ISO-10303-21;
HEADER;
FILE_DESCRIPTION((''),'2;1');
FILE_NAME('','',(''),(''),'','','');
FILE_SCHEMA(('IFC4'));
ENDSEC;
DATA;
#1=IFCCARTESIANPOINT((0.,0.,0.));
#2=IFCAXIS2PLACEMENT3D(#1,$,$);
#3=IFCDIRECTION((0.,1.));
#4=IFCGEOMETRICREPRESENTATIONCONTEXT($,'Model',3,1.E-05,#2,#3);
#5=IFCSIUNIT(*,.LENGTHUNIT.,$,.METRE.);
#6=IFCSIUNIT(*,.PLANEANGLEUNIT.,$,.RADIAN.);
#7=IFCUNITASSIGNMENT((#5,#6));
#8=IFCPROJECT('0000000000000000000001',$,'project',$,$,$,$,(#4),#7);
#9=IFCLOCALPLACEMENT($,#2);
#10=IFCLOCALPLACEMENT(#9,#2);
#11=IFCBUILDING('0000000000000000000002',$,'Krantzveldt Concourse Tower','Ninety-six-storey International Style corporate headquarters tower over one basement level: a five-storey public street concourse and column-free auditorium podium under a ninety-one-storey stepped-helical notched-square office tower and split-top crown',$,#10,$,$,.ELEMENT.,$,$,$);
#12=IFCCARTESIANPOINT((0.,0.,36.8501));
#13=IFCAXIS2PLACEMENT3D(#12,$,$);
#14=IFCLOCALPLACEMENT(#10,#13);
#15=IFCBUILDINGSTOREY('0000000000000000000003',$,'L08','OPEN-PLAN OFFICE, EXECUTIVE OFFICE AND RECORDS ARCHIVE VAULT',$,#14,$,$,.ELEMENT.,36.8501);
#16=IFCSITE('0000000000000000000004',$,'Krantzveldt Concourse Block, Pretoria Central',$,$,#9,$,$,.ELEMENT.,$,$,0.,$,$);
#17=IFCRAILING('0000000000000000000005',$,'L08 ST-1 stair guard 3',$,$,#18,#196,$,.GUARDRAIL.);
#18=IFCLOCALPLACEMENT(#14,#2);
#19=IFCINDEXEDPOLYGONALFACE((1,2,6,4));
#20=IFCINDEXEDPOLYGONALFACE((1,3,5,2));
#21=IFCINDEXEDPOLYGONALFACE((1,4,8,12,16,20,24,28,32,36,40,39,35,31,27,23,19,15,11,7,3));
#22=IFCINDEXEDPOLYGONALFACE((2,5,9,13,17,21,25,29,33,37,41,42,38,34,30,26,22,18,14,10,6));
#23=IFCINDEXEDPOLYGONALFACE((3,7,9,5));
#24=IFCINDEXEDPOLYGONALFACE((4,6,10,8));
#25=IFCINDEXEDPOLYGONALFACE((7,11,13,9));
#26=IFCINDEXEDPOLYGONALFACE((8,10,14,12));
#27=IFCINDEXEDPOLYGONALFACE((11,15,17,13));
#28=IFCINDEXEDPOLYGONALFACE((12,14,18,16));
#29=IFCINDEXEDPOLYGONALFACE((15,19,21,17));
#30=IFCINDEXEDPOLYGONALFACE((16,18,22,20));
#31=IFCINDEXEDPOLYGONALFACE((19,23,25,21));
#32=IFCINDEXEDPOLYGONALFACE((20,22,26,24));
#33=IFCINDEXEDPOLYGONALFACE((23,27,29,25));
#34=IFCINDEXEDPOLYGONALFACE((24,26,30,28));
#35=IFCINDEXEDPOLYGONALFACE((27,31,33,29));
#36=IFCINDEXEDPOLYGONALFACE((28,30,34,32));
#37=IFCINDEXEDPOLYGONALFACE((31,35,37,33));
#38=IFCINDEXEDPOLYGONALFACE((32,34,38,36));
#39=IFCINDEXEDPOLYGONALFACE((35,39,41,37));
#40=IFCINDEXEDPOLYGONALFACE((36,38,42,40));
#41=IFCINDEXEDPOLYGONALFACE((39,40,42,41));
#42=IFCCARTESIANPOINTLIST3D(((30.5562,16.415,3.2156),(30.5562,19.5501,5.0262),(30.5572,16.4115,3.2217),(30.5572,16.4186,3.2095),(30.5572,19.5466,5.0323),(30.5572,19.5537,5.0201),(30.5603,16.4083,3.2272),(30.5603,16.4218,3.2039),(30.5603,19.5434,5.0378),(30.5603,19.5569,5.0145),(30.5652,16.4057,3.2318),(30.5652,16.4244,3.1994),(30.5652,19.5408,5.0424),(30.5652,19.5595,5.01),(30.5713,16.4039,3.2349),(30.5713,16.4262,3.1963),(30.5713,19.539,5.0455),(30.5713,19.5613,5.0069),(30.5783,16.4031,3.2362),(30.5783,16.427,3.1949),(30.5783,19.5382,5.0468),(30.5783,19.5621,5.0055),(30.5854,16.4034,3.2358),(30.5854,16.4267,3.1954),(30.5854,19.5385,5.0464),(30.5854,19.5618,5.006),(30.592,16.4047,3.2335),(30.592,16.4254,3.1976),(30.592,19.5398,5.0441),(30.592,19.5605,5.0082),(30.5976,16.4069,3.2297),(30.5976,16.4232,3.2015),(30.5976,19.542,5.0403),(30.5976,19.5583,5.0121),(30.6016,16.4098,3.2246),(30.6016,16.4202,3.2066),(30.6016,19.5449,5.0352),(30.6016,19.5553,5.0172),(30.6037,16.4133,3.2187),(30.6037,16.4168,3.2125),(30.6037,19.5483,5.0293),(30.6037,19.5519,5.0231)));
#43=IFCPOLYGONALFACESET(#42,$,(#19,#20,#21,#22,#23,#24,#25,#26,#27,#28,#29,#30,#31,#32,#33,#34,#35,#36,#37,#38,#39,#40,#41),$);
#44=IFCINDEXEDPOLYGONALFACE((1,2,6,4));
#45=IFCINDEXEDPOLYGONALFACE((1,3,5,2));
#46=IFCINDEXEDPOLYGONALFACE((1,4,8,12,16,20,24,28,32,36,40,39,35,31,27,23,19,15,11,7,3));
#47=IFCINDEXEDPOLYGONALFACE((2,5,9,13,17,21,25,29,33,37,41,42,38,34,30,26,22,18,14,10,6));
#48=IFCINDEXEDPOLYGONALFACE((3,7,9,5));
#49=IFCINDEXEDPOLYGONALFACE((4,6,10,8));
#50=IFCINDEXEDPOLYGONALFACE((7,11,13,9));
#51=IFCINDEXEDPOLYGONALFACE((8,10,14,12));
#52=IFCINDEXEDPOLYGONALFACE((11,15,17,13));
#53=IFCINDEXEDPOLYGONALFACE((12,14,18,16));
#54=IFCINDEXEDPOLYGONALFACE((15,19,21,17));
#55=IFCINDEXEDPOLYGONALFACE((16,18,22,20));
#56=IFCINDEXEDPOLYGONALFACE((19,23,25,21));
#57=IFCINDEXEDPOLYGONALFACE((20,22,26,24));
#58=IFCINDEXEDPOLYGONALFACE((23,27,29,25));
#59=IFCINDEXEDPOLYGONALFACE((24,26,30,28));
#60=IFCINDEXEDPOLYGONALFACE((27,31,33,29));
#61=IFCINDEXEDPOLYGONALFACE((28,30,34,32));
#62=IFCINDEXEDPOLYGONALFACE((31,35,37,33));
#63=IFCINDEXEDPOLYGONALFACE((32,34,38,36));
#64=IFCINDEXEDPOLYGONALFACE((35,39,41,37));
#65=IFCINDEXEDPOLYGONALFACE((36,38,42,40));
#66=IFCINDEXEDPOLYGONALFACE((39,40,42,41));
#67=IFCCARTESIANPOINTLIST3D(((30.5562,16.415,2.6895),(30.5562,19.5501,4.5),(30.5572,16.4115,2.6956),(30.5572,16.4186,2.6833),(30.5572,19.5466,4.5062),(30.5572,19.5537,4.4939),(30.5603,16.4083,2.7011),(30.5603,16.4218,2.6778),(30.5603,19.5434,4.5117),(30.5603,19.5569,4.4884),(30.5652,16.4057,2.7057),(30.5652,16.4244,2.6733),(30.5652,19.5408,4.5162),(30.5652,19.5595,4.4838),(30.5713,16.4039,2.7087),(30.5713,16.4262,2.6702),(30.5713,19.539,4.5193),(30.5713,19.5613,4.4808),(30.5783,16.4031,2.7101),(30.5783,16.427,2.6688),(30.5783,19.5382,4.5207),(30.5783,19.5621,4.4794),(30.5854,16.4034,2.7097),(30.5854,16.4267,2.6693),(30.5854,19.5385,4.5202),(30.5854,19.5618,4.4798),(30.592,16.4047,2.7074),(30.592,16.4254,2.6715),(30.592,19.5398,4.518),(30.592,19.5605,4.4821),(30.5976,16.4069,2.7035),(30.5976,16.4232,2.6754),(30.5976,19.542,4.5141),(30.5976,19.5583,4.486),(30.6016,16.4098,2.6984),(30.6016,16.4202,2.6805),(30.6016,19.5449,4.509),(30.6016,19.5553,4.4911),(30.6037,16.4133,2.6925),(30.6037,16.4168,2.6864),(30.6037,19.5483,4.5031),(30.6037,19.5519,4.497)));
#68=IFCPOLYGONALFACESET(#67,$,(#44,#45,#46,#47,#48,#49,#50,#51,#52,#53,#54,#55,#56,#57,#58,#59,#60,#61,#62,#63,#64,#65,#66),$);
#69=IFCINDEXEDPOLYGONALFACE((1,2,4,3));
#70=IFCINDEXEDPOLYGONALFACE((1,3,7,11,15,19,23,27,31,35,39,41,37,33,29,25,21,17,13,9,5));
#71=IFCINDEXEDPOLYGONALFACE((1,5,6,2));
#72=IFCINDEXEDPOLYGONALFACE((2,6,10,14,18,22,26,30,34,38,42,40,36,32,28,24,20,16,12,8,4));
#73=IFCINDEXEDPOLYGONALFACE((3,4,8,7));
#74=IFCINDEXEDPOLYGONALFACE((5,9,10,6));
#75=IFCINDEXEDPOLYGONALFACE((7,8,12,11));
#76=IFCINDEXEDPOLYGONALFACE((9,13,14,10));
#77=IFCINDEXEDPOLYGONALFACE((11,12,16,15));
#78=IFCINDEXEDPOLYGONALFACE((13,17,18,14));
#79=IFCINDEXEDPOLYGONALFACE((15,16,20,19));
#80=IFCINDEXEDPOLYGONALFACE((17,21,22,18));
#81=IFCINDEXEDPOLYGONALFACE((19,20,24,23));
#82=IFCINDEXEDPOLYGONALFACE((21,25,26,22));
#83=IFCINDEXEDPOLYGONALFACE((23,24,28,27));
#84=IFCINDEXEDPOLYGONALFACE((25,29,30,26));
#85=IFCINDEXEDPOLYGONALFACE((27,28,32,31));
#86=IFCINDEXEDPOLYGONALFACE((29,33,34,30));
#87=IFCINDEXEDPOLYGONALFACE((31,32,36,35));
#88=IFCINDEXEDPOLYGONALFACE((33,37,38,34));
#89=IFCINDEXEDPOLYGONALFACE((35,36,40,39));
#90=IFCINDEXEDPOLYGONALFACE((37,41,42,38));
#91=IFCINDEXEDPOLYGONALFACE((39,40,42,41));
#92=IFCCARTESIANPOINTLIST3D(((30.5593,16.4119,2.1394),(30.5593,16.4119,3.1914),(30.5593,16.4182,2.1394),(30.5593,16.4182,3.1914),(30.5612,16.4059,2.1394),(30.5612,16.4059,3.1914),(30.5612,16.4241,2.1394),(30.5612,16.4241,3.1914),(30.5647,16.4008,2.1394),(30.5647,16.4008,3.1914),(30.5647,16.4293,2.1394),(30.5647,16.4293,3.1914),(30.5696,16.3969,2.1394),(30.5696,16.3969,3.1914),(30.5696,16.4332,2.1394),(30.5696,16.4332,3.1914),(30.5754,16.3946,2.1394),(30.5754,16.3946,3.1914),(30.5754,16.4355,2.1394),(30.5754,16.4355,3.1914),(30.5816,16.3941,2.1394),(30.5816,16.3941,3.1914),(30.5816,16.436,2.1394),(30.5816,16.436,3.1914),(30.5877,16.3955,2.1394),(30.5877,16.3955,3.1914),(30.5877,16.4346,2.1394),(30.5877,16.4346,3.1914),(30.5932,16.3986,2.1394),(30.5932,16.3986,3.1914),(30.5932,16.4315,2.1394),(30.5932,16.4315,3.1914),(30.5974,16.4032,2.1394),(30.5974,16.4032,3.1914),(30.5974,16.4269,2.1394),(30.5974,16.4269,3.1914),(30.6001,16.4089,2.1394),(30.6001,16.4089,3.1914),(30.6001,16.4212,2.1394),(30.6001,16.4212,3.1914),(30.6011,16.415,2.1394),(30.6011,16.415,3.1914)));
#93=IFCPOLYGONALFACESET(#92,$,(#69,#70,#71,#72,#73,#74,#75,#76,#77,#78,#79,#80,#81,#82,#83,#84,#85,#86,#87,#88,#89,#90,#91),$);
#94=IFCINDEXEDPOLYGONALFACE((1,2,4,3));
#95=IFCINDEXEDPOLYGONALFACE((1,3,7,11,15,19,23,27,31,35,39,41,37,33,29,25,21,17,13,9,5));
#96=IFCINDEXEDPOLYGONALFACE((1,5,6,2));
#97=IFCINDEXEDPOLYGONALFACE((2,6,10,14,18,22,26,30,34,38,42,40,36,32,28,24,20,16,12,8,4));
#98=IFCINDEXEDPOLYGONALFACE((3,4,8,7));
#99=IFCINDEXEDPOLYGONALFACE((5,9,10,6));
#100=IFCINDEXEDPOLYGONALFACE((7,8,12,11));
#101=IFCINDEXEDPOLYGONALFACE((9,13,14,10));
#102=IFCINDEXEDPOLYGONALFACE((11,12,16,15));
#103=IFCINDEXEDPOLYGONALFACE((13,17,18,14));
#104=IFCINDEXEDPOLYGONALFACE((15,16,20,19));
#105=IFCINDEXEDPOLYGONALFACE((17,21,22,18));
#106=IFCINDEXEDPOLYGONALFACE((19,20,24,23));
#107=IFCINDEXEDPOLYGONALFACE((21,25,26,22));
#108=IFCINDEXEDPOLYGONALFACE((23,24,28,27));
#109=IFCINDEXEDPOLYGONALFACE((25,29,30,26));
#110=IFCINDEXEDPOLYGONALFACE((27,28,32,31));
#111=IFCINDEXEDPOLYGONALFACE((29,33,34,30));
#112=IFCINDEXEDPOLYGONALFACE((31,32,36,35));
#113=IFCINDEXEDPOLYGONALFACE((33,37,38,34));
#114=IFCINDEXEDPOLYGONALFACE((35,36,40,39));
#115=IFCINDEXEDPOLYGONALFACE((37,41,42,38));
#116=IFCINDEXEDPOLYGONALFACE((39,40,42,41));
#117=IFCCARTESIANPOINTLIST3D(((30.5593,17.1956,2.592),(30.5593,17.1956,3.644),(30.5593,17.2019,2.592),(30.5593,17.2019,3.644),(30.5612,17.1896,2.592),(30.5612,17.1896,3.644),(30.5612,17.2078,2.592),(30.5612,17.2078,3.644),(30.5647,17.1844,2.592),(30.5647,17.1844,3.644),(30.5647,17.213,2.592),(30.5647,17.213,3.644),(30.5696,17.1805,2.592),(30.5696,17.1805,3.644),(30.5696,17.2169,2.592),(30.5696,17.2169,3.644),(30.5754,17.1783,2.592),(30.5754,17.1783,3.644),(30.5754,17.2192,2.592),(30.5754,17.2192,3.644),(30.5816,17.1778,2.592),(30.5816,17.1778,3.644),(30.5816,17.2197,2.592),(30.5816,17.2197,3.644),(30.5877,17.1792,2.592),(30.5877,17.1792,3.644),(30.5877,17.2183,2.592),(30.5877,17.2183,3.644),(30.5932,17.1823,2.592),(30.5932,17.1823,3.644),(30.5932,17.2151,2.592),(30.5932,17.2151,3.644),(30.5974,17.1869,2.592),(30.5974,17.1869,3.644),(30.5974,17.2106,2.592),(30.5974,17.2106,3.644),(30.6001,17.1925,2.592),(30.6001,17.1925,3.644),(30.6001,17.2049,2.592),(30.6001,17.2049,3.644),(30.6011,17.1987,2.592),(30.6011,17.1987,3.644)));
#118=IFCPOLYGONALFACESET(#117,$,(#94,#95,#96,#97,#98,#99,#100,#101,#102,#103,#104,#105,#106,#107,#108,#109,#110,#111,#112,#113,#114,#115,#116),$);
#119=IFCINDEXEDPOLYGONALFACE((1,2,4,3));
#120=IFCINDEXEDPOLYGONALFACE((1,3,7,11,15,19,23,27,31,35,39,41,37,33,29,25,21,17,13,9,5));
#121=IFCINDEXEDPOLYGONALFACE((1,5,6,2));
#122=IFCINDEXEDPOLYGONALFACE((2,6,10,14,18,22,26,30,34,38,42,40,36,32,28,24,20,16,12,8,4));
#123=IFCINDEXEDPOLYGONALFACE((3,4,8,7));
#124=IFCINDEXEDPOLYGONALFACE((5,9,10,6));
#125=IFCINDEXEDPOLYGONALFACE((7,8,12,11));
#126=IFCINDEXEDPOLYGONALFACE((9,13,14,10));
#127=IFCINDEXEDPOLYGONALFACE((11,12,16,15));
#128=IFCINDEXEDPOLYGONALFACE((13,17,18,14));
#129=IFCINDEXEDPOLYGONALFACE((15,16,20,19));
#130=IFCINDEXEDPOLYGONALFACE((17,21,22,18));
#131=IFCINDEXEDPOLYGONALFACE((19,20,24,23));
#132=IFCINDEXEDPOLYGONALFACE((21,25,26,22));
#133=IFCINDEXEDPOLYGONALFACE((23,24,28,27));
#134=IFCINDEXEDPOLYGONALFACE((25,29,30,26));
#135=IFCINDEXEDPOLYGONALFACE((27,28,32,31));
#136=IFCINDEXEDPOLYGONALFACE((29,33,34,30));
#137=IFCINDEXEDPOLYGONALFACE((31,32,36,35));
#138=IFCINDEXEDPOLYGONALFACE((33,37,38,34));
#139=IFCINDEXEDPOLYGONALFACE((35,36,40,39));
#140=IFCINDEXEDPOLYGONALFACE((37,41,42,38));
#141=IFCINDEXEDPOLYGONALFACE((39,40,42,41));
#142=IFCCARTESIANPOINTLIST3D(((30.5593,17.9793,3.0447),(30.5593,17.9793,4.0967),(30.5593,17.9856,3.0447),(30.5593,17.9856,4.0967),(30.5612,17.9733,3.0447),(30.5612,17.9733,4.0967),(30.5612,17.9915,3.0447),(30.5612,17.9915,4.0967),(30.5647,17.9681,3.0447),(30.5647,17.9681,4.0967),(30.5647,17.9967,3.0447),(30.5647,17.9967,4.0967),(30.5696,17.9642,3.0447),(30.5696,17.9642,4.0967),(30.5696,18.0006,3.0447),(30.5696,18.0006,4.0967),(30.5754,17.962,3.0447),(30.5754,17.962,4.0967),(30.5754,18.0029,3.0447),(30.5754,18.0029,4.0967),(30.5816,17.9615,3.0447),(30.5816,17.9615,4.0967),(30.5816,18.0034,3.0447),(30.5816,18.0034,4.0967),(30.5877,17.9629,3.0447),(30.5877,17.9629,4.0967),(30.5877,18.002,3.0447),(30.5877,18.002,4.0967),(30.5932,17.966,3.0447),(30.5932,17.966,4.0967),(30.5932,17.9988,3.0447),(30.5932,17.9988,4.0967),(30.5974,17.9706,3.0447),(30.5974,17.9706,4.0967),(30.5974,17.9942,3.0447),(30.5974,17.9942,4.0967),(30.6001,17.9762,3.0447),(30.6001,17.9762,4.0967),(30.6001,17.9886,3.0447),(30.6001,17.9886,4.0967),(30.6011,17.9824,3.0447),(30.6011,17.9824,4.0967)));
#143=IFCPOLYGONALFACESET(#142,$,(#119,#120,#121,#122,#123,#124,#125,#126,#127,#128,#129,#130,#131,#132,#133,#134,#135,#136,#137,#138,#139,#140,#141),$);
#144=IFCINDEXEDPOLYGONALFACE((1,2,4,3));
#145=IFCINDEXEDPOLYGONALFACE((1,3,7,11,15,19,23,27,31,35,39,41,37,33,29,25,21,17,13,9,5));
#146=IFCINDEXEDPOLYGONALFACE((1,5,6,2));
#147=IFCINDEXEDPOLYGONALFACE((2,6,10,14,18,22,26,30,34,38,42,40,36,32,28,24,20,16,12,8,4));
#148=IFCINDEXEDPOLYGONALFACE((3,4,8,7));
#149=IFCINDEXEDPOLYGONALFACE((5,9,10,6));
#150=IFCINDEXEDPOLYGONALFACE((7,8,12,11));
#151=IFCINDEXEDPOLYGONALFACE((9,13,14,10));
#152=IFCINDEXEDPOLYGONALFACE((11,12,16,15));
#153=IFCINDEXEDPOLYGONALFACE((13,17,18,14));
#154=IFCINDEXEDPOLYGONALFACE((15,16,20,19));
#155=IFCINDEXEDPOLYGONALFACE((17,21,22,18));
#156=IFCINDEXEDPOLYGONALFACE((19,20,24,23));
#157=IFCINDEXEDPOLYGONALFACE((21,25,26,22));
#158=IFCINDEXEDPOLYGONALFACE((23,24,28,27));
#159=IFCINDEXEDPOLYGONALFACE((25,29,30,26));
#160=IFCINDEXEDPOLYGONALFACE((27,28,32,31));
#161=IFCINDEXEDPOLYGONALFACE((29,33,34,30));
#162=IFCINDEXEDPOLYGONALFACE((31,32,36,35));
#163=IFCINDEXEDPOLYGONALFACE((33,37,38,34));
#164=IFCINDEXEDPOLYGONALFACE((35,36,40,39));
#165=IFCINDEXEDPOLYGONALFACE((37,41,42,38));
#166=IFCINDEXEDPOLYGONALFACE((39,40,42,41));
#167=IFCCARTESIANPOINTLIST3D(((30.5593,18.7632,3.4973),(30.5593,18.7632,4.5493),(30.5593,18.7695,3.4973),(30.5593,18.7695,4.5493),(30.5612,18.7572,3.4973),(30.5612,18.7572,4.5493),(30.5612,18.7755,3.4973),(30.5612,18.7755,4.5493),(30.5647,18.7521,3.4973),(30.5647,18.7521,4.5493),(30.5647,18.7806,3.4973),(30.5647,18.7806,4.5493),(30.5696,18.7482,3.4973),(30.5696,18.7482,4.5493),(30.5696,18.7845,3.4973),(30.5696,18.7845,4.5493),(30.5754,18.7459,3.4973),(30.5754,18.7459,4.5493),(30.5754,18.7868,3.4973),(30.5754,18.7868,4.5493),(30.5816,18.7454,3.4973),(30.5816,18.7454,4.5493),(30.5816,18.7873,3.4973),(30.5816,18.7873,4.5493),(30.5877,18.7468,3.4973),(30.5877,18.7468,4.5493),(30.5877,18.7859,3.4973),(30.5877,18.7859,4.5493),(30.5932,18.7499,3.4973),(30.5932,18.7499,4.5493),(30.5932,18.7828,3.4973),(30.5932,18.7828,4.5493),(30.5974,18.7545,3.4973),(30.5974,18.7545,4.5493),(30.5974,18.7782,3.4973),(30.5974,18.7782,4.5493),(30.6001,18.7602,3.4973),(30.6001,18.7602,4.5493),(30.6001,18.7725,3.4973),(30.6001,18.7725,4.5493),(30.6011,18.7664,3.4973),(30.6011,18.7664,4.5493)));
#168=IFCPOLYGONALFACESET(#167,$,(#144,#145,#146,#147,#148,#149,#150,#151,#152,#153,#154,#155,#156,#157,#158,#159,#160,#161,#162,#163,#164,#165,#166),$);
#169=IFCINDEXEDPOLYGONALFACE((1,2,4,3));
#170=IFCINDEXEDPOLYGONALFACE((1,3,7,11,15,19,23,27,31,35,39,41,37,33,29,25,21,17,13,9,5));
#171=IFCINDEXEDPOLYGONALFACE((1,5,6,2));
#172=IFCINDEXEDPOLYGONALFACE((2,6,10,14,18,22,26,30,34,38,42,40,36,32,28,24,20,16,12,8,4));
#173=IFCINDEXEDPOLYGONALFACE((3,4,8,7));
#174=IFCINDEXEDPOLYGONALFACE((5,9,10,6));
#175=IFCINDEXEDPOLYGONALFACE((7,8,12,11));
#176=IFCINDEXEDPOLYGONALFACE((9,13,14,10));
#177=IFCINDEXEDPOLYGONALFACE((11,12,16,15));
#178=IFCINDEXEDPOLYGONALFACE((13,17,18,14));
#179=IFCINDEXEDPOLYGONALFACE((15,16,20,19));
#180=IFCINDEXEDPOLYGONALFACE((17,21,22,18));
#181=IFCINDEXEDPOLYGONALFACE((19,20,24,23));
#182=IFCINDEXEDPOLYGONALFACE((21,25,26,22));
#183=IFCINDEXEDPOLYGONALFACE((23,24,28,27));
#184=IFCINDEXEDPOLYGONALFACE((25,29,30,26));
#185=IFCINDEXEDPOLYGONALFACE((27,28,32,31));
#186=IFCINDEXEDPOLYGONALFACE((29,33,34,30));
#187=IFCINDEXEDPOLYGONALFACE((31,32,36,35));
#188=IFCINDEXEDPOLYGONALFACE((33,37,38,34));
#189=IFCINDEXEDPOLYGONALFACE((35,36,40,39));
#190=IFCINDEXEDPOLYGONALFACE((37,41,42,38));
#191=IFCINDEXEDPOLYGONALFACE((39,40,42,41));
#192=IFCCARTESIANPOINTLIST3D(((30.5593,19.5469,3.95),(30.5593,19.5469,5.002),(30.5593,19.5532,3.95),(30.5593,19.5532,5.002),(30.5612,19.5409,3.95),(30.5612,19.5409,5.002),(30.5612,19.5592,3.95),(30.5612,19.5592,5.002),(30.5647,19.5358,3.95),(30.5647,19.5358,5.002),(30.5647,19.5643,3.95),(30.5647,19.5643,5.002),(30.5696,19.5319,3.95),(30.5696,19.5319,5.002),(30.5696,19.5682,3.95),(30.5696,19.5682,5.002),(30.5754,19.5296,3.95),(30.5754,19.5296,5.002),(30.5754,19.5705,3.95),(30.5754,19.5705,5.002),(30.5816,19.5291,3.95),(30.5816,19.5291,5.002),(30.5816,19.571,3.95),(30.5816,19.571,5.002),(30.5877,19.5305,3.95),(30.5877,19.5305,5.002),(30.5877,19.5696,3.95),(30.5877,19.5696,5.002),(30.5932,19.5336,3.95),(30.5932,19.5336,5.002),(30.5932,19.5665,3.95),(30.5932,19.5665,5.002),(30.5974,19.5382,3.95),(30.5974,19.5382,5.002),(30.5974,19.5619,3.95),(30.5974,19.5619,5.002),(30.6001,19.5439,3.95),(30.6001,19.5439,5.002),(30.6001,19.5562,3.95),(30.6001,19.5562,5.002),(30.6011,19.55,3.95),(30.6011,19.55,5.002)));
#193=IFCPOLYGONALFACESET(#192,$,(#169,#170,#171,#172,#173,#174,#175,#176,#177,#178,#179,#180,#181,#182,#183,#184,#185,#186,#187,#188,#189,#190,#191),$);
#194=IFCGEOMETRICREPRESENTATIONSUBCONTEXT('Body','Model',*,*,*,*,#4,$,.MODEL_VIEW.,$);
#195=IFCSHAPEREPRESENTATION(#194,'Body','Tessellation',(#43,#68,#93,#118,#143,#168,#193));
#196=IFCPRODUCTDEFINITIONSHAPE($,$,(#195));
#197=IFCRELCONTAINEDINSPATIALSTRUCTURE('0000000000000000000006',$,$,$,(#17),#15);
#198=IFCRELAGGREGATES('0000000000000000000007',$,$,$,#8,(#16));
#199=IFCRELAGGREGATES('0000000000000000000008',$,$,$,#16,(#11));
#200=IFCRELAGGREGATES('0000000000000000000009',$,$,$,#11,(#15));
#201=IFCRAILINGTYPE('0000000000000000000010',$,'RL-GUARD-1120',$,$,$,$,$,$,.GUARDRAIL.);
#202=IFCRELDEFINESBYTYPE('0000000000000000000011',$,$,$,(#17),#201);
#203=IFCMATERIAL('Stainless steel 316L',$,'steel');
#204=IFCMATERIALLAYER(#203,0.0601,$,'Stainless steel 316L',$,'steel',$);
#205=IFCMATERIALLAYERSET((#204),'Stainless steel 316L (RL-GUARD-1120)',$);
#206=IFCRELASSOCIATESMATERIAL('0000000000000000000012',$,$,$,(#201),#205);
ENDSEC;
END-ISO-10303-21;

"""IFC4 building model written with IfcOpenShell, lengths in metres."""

from ifc_helpers import new_model, si_unit, direction, frame, origin, origin_2d, place, context, subcontext, project, spatial, circle, extrude, material, layer, layer_set, type_object, element, save


model = new_model("IFC4")

# Units and contexts
model_context = context("Model", 3, precision=1e-05, world=origin(), true_north=direction((0.0, 1.0)))
body_context = subcontext(model_context, "Body", "Model", "MODEL_VIEW")
ifc_project = project(units=[si_unit("LENGTHUNIT", "METRE"), si_unit("PLANEANGLEUNIT", "RADIAN")], contexts=[model_context])

# Site, building, storey
site_placement = place(None, origin())
site = spatial("IfcSite", under=ifc_project, at=site_placement, Name="Krantzveldt Concourse Block, Pretoria Central", CompositionType="ELEMENT", RefElevation=0.0)
building_placement = place(site_placement, origin())
building = spatial("IfcBuilding", under=site, at=building_placement, Name="Krantzveldt Concourse Tower", Description="Ninety-six-storey International Style corporate headquarters tower over one basement level: a five-storey public street concourse and column-free auditorium podium under a ninety-one-storey stepped-helical notched-square office tower and split-top crown", CompositionType="ELEMENT")
storey_placement = place(building_placement, frame((0.0, 0.0, 36.8501)))
storey = spatial("IfcBuildingStorey", under=building, at=storey_placement, Name="L08", Description="OPEN-PLAN OFFICE, EXECUTIVE OFFICE AND RECORDS ARCHIVE VAULT", CompositionType="ELEMENT", Elevation=36.8501)

# Railing
ifc_material_1 = material(Name="Stainless steel 316L", Category="steel")
ifc_layer_1 = layer(ifc_material_1, 0.0601, Name="Stainless steel 316L", Category="steel")
ifc_layer_set_1 = layer_set([ifc_layer_1], Name="Stainless steel 316L (RL-GUARD-1120)")
railing_type_1 = type_object("IfcRailingType", Name="RL-GUARD-1120", PredefinedType="GUARDRAIL", material=ifc_layer_set_1)
railing_1_placement = place(storey_placement, frame((30.5801, 16.415, 2.1394)))
element("IfcRailing", 1, at=railing_1_placement, inside=storey, type_object=railing_type_1, Name="L08 ST-1 stair guard 3", PredefinedType="GUARDRAIL", context=body_context, shape_type="SweptSolid", body=[
    extrude(circle(Radius=0.0239, at=origin_2d()), frame((0.0, 0.0, 1.0762), z_axis=(0.0, 0.86596, 0.500114), x_axis=(-1.0, 0.0, 0.0)), (0.0, 0.0, 1.0), 3.6204),
    extrude(circle(Radius=0.0239, at=origin_2d()), frame((0.0, 0.0, 0.55), z_axis=(0.0, 0.86596, 0.500114), x_axis=(-1.0, 0.0, 0.0)), (0.0, 0.0, 1.0), 3.6204),
    extrude(circle(Radius=0.021, at=origin_2d()), origin(), (0.0, 0.0, 1.0), 1.052),
    extrude(circle(Radius=0.021, at=origin_2d()), frame((0.0, 0.7837, 0.4526)), (0.0, 0.0, 1.0), 1.052),
    extrude(circle(Radius=0.021, at=origin_2d()), frame((0.0, 1.5674, 0.9053)), (0.0, 0.0, 1.0), 1.052),
    extrude(circle(Radius=0.021, at=origin_2d()), frame((0.0, 2.3513, 1.3579)), (0.0, 0.0, 1.0), 1.052),
    extrude(circle(Radius=0.021, at=origin_2d()), frame((0.0, 3.135, 1.8105)), (0.0, 0.0, 1.0), 1.052),
])

save(model, "model.ifc")
